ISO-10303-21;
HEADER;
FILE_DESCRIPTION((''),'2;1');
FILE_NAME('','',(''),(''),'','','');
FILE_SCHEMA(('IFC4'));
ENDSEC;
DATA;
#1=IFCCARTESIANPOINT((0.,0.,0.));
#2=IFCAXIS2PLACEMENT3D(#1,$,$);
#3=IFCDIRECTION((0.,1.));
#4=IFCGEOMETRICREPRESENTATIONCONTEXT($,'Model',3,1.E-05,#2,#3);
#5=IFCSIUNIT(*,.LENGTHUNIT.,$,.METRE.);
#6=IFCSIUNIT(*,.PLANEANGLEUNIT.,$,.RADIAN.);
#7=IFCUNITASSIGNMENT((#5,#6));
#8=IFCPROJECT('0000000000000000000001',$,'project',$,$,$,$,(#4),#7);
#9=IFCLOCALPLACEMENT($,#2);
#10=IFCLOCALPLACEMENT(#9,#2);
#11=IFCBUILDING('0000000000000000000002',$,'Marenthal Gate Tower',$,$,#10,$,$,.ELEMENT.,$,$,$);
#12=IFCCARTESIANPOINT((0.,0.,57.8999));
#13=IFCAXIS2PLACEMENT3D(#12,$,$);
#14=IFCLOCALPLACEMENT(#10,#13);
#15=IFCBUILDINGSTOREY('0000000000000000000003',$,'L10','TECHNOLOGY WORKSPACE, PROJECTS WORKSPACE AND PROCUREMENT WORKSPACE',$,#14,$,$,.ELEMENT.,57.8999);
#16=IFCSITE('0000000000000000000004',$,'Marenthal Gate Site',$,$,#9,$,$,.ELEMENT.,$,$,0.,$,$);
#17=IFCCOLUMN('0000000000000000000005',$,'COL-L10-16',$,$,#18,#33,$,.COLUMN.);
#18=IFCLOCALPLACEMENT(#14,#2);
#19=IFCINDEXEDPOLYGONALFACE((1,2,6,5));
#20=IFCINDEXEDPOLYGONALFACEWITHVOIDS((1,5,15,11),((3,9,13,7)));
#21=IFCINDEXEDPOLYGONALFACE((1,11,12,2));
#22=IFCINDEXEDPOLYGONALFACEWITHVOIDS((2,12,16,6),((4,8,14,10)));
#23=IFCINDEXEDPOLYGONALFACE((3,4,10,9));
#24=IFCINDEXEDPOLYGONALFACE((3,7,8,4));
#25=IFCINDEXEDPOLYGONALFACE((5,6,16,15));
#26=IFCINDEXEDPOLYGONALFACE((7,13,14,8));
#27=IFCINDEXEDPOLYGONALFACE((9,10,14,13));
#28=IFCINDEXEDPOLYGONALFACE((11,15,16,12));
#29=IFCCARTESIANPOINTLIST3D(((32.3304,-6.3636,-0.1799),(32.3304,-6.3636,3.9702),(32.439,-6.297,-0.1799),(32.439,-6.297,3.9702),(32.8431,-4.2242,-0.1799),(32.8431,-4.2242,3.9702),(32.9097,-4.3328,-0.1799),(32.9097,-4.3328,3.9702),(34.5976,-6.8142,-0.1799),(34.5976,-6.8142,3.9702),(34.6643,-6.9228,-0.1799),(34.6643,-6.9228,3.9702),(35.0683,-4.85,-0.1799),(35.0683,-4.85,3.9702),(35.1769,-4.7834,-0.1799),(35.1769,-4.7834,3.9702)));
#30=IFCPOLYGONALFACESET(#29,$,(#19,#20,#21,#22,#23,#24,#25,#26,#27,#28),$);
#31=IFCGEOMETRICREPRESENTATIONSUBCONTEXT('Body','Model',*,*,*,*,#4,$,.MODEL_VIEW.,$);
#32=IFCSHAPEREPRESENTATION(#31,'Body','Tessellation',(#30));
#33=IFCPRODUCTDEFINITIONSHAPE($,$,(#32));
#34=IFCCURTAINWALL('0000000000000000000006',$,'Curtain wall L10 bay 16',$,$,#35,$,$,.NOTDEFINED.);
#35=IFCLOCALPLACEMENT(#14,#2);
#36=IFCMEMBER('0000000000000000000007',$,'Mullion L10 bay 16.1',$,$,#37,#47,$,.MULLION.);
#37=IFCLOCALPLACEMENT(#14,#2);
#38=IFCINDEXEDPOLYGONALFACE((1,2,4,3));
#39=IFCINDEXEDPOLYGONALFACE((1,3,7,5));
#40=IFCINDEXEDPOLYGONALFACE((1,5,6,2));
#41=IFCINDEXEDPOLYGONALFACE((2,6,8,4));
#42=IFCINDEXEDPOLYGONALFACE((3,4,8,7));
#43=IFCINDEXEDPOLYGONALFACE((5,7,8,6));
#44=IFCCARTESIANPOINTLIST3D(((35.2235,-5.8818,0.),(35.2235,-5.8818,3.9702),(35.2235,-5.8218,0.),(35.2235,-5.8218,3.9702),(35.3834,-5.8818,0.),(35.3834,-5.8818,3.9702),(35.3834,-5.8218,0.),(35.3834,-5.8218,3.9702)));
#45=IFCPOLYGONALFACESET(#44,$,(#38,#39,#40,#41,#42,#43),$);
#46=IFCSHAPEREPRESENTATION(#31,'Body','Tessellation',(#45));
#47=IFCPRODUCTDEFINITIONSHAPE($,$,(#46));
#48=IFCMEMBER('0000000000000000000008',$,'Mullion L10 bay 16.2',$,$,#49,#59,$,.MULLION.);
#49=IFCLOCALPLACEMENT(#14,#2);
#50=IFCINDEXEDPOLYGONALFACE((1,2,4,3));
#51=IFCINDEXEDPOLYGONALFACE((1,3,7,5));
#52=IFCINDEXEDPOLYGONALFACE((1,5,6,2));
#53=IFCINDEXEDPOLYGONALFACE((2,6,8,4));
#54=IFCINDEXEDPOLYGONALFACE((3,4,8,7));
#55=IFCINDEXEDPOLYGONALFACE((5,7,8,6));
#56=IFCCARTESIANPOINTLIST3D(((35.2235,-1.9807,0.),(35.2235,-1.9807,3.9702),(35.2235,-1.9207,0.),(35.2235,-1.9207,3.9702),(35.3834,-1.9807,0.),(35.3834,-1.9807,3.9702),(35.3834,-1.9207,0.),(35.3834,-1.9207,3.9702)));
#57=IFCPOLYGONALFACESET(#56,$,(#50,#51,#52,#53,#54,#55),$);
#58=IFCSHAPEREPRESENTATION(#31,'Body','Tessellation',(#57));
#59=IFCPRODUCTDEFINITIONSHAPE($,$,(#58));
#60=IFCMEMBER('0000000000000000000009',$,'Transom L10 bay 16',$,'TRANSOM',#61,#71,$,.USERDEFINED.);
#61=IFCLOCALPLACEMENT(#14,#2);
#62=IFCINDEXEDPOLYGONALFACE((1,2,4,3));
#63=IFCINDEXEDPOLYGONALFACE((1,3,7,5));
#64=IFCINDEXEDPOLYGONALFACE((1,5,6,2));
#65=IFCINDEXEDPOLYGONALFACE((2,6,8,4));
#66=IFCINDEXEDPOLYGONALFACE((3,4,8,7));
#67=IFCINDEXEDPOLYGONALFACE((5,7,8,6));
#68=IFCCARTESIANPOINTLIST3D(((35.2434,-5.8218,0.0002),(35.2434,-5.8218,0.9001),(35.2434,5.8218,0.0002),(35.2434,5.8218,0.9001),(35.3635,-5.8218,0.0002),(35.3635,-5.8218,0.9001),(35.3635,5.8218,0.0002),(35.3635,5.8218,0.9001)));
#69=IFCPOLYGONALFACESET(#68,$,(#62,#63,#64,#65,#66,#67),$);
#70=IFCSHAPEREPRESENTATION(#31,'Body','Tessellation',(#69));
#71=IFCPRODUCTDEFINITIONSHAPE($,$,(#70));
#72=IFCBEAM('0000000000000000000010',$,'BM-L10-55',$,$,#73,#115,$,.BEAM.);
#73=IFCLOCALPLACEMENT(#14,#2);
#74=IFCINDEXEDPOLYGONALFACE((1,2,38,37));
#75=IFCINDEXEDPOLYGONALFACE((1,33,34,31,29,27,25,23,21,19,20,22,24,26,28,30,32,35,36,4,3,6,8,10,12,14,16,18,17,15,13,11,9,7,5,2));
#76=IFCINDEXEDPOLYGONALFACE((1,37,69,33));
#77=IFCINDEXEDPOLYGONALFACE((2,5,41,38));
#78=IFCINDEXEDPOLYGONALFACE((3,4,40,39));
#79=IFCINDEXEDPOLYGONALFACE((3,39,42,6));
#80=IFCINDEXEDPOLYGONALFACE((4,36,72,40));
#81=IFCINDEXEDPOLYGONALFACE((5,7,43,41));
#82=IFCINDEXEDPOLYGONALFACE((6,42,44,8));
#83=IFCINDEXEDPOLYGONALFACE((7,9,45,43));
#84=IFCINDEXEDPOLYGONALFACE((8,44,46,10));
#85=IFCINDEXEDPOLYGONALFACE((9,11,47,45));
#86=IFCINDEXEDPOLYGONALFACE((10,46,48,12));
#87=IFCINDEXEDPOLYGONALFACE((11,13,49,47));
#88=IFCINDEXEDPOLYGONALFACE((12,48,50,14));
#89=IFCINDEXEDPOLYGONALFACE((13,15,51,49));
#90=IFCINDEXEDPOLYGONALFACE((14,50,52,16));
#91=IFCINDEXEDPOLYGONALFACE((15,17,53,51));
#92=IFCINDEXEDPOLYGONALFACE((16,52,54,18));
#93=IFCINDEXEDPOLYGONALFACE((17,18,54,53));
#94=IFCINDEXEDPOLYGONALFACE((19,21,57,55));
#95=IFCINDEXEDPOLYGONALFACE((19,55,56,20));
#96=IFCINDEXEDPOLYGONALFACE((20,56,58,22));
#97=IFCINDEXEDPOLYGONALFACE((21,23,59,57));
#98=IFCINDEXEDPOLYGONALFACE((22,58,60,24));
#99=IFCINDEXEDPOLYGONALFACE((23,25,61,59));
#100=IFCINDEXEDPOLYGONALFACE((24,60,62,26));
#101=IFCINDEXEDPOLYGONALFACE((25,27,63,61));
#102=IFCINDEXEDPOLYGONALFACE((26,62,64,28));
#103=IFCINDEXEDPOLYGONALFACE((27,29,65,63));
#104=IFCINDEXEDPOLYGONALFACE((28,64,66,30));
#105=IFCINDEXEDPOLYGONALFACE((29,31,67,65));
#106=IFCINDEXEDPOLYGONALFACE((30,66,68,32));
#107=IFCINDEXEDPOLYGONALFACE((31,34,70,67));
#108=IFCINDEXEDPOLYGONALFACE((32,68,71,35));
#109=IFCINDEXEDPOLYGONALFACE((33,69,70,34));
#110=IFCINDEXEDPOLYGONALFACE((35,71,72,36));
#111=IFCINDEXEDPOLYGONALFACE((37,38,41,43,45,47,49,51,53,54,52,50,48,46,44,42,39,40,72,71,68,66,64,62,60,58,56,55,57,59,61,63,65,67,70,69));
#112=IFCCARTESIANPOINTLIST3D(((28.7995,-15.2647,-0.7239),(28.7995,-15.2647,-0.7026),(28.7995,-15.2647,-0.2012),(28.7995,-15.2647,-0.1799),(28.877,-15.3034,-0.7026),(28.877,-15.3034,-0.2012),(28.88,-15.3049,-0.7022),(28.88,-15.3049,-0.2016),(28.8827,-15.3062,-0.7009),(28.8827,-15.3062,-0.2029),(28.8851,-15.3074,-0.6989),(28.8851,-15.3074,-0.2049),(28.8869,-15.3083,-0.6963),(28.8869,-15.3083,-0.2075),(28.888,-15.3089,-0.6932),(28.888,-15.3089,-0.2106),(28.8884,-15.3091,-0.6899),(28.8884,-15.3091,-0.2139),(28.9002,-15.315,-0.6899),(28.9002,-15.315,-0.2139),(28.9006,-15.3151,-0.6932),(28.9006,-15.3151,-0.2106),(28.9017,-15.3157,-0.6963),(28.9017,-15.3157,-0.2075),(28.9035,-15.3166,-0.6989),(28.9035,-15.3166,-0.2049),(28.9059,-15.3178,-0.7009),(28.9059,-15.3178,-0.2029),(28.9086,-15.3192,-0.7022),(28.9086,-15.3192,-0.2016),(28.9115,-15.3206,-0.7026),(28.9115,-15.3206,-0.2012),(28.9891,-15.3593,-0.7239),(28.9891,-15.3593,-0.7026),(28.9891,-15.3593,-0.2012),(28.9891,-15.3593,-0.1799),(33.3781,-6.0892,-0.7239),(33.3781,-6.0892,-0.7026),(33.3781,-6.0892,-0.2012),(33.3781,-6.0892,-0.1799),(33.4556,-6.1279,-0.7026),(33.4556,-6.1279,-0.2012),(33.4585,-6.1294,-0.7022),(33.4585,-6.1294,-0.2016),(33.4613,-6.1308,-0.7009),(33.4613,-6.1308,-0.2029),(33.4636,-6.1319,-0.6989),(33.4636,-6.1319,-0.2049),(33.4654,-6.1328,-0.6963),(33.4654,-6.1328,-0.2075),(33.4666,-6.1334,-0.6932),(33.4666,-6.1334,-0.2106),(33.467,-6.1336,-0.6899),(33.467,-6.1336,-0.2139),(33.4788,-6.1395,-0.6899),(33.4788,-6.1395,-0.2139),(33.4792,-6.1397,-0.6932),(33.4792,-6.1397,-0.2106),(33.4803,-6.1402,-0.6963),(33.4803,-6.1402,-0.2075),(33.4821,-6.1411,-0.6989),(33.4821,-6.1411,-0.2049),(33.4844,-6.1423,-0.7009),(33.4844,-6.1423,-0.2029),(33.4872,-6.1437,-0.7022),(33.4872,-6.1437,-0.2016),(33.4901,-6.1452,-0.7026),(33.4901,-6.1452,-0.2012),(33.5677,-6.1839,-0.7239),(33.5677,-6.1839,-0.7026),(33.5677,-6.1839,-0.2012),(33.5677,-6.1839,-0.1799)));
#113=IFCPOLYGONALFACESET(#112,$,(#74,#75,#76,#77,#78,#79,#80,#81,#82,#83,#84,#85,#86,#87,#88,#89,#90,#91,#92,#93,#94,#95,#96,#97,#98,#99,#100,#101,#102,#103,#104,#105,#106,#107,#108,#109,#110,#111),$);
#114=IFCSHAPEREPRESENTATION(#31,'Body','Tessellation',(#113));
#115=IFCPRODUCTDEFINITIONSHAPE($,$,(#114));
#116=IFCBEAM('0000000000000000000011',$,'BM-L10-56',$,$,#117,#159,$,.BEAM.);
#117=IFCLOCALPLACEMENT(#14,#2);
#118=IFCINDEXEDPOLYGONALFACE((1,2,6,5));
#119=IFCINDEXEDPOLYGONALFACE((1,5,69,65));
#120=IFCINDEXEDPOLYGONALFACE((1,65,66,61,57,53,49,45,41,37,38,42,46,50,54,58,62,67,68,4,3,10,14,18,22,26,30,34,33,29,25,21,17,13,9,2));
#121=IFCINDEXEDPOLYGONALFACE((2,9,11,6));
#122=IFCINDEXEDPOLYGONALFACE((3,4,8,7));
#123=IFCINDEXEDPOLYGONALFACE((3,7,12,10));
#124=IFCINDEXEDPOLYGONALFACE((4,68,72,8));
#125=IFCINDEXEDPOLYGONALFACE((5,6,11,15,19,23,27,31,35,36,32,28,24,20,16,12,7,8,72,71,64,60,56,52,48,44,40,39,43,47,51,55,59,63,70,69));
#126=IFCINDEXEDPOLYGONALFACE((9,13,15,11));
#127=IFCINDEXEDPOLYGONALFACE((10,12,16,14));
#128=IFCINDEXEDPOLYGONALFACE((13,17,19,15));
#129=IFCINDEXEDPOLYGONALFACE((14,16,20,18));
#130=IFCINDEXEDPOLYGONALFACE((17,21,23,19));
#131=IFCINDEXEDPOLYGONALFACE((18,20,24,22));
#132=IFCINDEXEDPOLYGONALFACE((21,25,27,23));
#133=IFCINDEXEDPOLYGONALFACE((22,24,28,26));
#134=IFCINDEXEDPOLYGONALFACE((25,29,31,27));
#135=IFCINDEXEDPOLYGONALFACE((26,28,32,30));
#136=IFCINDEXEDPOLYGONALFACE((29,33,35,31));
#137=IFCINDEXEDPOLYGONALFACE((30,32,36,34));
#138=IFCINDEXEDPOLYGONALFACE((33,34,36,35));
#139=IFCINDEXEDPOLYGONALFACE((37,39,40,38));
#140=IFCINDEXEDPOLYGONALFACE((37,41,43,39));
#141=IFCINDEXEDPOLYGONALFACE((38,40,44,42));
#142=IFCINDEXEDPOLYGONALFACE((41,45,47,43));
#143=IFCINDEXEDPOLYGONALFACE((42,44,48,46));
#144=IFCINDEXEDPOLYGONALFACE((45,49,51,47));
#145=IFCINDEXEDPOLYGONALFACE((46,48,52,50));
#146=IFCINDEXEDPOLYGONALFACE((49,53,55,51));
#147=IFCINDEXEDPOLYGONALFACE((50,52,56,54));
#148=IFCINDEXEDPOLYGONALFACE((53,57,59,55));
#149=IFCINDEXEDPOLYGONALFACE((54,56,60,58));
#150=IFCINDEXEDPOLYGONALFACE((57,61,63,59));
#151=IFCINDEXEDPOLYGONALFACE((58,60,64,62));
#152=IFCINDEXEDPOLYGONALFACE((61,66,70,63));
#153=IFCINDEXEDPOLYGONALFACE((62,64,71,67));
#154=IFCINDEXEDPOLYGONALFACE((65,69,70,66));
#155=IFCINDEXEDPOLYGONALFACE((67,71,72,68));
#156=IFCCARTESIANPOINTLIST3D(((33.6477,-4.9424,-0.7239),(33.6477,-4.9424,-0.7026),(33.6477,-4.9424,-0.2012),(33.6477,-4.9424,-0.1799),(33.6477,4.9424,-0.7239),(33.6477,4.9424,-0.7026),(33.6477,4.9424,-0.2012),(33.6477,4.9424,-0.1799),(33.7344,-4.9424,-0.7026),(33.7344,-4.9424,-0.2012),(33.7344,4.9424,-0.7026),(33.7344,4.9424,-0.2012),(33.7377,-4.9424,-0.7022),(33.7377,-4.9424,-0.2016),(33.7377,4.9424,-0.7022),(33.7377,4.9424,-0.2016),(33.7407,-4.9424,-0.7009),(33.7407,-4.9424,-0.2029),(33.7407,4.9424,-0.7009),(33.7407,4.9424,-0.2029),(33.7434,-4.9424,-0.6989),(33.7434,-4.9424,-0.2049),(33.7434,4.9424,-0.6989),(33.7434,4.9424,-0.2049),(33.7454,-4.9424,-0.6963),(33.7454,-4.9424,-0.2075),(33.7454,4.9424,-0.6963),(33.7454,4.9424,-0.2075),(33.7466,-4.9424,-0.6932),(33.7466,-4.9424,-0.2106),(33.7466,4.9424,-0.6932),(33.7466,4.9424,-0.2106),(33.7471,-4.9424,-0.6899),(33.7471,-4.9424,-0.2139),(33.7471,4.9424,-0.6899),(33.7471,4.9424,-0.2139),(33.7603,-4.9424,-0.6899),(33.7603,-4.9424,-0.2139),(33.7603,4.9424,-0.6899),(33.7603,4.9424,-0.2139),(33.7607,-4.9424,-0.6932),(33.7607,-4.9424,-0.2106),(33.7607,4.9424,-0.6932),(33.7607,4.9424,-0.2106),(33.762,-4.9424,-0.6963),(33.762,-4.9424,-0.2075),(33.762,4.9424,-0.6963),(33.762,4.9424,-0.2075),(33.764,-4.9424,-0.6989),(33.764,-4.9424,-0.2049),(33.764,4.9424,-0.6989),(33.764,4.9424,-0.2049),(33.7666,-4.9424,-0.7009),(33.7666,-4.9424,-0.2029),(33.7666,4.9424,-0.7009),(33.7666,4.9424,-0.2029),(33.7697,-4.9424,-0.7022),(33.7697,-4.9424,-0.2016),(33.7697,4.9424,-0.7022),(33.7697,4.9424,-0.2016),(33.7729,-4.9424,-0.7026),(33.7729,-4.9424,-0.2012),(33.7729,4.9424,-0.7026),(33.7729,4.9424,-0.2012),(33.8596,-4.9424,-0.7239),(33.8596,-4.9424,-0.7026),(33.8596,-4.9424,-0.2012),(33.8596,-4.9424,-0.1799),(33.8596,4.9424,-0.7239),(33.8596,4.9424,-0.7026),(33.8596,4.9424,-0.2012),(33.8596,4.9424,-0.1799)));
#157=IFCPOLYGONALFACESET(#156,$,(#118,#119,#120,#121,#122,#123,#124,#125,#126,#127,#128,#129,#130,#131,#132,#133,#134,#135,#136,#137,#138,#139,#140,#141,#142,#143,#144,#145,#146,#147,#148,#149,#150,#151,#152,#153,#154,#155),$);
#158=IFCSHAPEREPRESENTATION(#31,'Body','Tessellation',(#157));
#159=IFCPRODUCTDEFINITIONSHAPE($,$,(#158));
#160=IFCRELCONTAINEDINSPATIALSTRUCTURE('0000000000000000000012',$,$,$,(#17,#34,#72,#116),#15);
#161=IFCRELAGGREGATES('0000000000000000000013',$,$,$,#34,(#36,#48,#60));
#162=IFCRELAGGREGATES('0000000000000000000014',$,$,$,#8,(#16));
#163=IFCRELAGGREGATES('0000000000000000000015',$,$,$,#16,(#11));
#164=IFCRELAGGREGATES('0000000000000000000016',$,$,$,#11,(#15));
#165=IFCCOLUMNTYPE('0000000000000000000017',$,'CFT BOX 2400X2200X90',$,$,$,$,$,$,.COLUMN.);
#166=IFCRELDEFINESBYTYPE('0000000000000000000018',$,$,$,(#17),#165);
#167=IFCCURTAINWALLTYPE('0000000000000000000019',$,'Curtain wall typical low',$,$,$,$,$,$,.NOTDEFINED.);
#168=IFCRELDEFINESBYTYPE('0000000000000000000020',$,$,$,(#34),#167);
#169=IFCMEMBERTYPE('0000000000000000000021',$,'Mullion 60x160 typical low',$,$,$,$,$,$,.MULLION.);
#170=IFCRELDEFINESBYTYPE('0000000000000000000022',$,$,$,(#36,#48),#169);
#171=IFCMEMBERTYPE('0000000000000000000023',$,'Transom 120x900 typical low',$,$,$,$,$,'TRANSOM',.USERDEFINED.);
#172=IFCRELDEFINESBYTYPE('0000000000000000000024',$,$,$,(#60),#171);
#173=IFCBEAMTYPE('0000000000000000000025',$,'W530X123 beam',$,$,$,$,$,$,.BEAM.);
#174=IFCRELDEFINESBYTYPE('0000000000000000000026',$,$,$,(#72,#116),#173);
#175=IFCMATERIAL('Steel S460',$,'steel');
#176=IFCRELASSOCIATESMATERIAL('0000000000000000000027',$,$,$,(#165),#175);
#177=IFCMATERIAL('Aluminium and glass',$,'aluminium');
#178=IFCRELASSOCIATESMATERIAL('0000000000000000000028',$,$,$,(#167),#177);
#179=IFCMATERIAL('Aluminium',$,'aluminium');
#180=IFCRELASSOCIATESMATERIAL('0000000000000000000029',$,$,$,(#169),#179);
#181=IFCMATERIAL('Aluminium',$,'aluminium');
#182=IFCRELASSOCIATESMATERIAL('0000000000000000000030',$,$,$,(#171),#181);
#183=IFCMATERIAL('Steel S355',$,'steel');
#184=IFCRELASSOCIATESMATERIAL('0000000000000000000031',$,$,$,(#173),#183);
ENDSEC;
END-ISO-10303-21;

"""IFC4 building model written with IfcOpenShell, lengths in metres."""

from ifc_helpers import new_model, si_unit, direction, frame, origin, origin_2d, place, context, subcontext, project, spatial, rectangle, hollow_rectangle, i_section, extrude, material, material_profile, profile_set, type_object, element, aggregate, save


model = new_model("IFC4")

# Units and contexts
model_context = context("Model", 3, precision=1e-05, world=origin(), true_north=direction((0.0, 1.0)))
body_context = subcontext(model_context, "Body", "Model", "MODEL_VIEW")
ifc_project = project(units=[si_unit("LENGTHUNIT", "METRE"), si_unit("PLANEANGLEUNIT", "RADIAN")], contexts=[model_context])

# Site, building, storey
site_placement = place(None, origin())
site = spatial("IfcSite", under=ifc_project, at=site_placement, Name="Marenthal Gate Site", CompositionType="ELEMENT", RefElevation=0.0)
building_placement = place(site_placement, origin())
building = spatial("IfcBuilding", under=site, at=building_placement, Name="Marenthal Gate Tower", CompositionType="ELEMENT")
storey_placement = place(building_placement, frame((0.0, 0.0, 57.8999)))
storey = spatial("IfcBuildingStorey", under=building, at=storey_placement, Name="L10", Description="TECHNOLOGY WORKSPACE, PROJECTS WORKSPACE AND PROCUREMENT WORKSPACE", CompositionType="ELEMENT", Elevation=57.8999)

# Column
ifc_material_1 = material(Name="Steel S460", Category="steel")
ifc_material_profile_1 = material_profile(ifc_material_1, hollow_rectangle(XDim=2.2, YDim=2.3999, WallThickness=0.0901, at=origin_2d()), Name="CFT BOX 2400X2200X90")
ifc_material_2 = material(Name="Concrete 70 MPa", Category="concrete")
ifc_material_profile_2 = material_profile(ifc_material_2, rectangle(XDim=2.02, YDim=2.22, at=origin_2d()), Name="CFT BOX 2400X2200X90 INFILL")
ifc_profile_set_1 = profile_set([ifc_material_profile_1, ifc_material_profile_2], Name="Steel S460 shell, Concrete 70 MPa infill")
column_type = type_object("IfcColumnType", Name="CFT BOX 2400X2200X90", PredefinedType="COLUMN", material=ifc_profile_set_1)
column_placement = place(storey_placement, frame((33.7537, -5.5735, -0.1799), z_axis=(0.0, 0.0, 1.0), x_axis=(-0.233019, -0.972472, 0.0)))
element("IfcColumn", 1, at=column_placement, inside=storey, type_object=column_type, Name="COL-L10-16", PredefinedType="COLUMN", context=body_context, shape_type="SweptSolid", body=[
    extrude(hollow_rectangle(XDim=2.2, YDim=2.3999, WallThickness=0.0901, at=origin_2d()), origin(), (0.0, 0.0, 1.0), 4.1501),
])

# Curtain wall, members
ifc_material_3 = material(Name="Aluminium and glass", Category="aluminium")
curtain_wall_type = type_object("IfcCurtainWallType", Name="Curtain wall typical low", PredefinedType="NOTDEFINED", material=ifc_material_3)
curtain_wall_placement = place(storey_placement, origin())
curtain_wall = element("IfcCurtainWall", 2, at=curtain_wall_placement, inside=storey, type_object=curtain_wall_type, Name="Curtain wall L10 bay 16", PredefinedType="NOTDEFINED")
ifc_material_4 = material(Name="Aluminium", Category="aluminium")
ifc_material_profile_3 = material_profile(ifc_material_4, rectangle(XDim=0.1599, YDim=0.0601, at=origin_2d()), Name="60x160 aluminium mullion")
ifc_profile_set_2 = profile_set([ifc_material_profile_3], Name="Aluminium")
member_type_1 = type_object("IfcMemberType", Name="Mullion 60x160 typical low", PredefinedType="MULLION", material=ifc_profile_set_2)
member_1_placement = place(storey_placement, frame((35.3035, -5.8518, 0.0), z_axis=(0.0, 0.0, 1.0), x_axis=(-1.0, 0.0, 0.0)))
member_1 = element("IfcMember", 3, at=member_1_placement, type_object=member_type_1, Name="Mullion L10 bay 16.1", PredefinedType="MULLION", context=body_context, shape_type="SweptSolid", body=[
    extrude(rectangle(XDim=0.1599, YDim=0.0601, at=origin_2d()), origin(), (0.0, 0.0, 1.0), 3.9702),
])
member_2_placement = place(storey_placement, frame((35.3035, -1.9507, 0.0), z_axis=(0.0, 0.0, 1.0), x_axis=(-1.0, 0.0, 0.0)))
member_2 = element("IfcMember", 4, at=member_2_placement, type_object=member_type_1, Name="Mullion L10 bay 16.2", PredefinedType="MULLION", context=body_context, shape_type="SweptSolid", body=[
    extrude(rectangle(XDim=0.1599, YDim=0.0601, at=origin_2d()), origin(), (0.0, 0.0, 1.0), 3.9702),
])
ifc_material_5 = material(Name="Aluminium", Category="aluminium")
ifc_material_profile_4 = material_profile(ifc_material_5, rectangle(XDim=0.1201, YDim=0.8999, at=origin_2d()), Name="120x900 aluminium transom")
ifc_profile_set_3 = profile_set([ifc_material_profile_4], Name="Aluminium")
member_type_2 = type_object("IfcMemberType", Name="Transom 120x900 typical low", ElementType="TRANSOM", PredefinedType="USERDEFINED", material=ifc_profile_set_3)
member_3_placement = place(storey_placement, frame((35.3035, -5.8218, 0.4502), z_axis=(0.0, 1.0, 0.0), x_axis=(-1.0, 0.0, 0.0)))
member_3 = element("IfcMember", 5, at=member_3_placement, type_object=member_type_2, Name="Transom L10 bay 16", ObjectType="TRANSOM", PredefinedType="USERDEFINED", context=body_context, shape_type="SweptSolid", body=[
    extrude(rectangle(XDim=0.1201, YDim=0.8999, at=origin_2d()), origin(), (0.0, 0.0, 1.0), 11.6436),
])

# Beams
ifc_material_6 = material(Name="Steel S355", Category="steel")
ifc_material_profile_5 = material_profile(ifc_material_6, i_section(OverallWidth=0.2119, OverallDepth=0.5439, WebThickness=0.0132, FlangeThickness=0.0212, FilletRadius=0.0127, at=origin_2d()), Name="W530X123")
ifc_profile_set_4 = profile_set([ifc_material_profile_5], Name="Steel S355")
beam_type_1 = type_object("IfcBeamType", Name="W530X123 beam", PredefinedType="BEAM", material=ifc_profile_set_4)
beam_1_placement = place(storey_placement, frame((28.8943, -15.312, -0.4519), z_axis=(0.446499, 0.894784, 0.0), x_axis=(-0.894784, 0.446499, 0.0)))
element("IfcBeam", 6, at=beam_1_placement, inside=storey, type_object=beam_type_1, Name="BM-L10-55", PredefinedType="BEAM", context=body_context, shape_type="SweptSolid", body=[
    extrude(i_section(OverallWidth=0.2119, OverallDepth=0.5439, WebThickness=0.0132, FlangeThickness=0.0212, FilletRadius=0.0127, at=origin_2d()), origin(), (0.0, 0.0, 1.0), 10.2544),
])
beam_2_placement = place(storey_placement, frame((33.7537, -4.9424, -0.4519), z_axis=(0.0, 1.0, 0.0), x_axis=(-1.0, 0.0, 0.0)))
element("IfcBeam", 7, at=beam_2_placement, inside=storey, type_object=beam_type_1, Name="BM-L10-56", PredefinedType="BEAM", context=body_context, shape_type="SweptSolid", body=[
    extrude(i_section(OverallWidth=0.2119, OverallDepth=0.5439, WebThickness=0.0132, FlangeThickness=0.0212, FilletRadius=0.0127, at=origin_2d()), origin(), (0.0, 0.0, 1.0), 9.8848),
])

aggregate(curtain_wall, [member_1, member_2, member_3])

save(model, "model.ifc")
